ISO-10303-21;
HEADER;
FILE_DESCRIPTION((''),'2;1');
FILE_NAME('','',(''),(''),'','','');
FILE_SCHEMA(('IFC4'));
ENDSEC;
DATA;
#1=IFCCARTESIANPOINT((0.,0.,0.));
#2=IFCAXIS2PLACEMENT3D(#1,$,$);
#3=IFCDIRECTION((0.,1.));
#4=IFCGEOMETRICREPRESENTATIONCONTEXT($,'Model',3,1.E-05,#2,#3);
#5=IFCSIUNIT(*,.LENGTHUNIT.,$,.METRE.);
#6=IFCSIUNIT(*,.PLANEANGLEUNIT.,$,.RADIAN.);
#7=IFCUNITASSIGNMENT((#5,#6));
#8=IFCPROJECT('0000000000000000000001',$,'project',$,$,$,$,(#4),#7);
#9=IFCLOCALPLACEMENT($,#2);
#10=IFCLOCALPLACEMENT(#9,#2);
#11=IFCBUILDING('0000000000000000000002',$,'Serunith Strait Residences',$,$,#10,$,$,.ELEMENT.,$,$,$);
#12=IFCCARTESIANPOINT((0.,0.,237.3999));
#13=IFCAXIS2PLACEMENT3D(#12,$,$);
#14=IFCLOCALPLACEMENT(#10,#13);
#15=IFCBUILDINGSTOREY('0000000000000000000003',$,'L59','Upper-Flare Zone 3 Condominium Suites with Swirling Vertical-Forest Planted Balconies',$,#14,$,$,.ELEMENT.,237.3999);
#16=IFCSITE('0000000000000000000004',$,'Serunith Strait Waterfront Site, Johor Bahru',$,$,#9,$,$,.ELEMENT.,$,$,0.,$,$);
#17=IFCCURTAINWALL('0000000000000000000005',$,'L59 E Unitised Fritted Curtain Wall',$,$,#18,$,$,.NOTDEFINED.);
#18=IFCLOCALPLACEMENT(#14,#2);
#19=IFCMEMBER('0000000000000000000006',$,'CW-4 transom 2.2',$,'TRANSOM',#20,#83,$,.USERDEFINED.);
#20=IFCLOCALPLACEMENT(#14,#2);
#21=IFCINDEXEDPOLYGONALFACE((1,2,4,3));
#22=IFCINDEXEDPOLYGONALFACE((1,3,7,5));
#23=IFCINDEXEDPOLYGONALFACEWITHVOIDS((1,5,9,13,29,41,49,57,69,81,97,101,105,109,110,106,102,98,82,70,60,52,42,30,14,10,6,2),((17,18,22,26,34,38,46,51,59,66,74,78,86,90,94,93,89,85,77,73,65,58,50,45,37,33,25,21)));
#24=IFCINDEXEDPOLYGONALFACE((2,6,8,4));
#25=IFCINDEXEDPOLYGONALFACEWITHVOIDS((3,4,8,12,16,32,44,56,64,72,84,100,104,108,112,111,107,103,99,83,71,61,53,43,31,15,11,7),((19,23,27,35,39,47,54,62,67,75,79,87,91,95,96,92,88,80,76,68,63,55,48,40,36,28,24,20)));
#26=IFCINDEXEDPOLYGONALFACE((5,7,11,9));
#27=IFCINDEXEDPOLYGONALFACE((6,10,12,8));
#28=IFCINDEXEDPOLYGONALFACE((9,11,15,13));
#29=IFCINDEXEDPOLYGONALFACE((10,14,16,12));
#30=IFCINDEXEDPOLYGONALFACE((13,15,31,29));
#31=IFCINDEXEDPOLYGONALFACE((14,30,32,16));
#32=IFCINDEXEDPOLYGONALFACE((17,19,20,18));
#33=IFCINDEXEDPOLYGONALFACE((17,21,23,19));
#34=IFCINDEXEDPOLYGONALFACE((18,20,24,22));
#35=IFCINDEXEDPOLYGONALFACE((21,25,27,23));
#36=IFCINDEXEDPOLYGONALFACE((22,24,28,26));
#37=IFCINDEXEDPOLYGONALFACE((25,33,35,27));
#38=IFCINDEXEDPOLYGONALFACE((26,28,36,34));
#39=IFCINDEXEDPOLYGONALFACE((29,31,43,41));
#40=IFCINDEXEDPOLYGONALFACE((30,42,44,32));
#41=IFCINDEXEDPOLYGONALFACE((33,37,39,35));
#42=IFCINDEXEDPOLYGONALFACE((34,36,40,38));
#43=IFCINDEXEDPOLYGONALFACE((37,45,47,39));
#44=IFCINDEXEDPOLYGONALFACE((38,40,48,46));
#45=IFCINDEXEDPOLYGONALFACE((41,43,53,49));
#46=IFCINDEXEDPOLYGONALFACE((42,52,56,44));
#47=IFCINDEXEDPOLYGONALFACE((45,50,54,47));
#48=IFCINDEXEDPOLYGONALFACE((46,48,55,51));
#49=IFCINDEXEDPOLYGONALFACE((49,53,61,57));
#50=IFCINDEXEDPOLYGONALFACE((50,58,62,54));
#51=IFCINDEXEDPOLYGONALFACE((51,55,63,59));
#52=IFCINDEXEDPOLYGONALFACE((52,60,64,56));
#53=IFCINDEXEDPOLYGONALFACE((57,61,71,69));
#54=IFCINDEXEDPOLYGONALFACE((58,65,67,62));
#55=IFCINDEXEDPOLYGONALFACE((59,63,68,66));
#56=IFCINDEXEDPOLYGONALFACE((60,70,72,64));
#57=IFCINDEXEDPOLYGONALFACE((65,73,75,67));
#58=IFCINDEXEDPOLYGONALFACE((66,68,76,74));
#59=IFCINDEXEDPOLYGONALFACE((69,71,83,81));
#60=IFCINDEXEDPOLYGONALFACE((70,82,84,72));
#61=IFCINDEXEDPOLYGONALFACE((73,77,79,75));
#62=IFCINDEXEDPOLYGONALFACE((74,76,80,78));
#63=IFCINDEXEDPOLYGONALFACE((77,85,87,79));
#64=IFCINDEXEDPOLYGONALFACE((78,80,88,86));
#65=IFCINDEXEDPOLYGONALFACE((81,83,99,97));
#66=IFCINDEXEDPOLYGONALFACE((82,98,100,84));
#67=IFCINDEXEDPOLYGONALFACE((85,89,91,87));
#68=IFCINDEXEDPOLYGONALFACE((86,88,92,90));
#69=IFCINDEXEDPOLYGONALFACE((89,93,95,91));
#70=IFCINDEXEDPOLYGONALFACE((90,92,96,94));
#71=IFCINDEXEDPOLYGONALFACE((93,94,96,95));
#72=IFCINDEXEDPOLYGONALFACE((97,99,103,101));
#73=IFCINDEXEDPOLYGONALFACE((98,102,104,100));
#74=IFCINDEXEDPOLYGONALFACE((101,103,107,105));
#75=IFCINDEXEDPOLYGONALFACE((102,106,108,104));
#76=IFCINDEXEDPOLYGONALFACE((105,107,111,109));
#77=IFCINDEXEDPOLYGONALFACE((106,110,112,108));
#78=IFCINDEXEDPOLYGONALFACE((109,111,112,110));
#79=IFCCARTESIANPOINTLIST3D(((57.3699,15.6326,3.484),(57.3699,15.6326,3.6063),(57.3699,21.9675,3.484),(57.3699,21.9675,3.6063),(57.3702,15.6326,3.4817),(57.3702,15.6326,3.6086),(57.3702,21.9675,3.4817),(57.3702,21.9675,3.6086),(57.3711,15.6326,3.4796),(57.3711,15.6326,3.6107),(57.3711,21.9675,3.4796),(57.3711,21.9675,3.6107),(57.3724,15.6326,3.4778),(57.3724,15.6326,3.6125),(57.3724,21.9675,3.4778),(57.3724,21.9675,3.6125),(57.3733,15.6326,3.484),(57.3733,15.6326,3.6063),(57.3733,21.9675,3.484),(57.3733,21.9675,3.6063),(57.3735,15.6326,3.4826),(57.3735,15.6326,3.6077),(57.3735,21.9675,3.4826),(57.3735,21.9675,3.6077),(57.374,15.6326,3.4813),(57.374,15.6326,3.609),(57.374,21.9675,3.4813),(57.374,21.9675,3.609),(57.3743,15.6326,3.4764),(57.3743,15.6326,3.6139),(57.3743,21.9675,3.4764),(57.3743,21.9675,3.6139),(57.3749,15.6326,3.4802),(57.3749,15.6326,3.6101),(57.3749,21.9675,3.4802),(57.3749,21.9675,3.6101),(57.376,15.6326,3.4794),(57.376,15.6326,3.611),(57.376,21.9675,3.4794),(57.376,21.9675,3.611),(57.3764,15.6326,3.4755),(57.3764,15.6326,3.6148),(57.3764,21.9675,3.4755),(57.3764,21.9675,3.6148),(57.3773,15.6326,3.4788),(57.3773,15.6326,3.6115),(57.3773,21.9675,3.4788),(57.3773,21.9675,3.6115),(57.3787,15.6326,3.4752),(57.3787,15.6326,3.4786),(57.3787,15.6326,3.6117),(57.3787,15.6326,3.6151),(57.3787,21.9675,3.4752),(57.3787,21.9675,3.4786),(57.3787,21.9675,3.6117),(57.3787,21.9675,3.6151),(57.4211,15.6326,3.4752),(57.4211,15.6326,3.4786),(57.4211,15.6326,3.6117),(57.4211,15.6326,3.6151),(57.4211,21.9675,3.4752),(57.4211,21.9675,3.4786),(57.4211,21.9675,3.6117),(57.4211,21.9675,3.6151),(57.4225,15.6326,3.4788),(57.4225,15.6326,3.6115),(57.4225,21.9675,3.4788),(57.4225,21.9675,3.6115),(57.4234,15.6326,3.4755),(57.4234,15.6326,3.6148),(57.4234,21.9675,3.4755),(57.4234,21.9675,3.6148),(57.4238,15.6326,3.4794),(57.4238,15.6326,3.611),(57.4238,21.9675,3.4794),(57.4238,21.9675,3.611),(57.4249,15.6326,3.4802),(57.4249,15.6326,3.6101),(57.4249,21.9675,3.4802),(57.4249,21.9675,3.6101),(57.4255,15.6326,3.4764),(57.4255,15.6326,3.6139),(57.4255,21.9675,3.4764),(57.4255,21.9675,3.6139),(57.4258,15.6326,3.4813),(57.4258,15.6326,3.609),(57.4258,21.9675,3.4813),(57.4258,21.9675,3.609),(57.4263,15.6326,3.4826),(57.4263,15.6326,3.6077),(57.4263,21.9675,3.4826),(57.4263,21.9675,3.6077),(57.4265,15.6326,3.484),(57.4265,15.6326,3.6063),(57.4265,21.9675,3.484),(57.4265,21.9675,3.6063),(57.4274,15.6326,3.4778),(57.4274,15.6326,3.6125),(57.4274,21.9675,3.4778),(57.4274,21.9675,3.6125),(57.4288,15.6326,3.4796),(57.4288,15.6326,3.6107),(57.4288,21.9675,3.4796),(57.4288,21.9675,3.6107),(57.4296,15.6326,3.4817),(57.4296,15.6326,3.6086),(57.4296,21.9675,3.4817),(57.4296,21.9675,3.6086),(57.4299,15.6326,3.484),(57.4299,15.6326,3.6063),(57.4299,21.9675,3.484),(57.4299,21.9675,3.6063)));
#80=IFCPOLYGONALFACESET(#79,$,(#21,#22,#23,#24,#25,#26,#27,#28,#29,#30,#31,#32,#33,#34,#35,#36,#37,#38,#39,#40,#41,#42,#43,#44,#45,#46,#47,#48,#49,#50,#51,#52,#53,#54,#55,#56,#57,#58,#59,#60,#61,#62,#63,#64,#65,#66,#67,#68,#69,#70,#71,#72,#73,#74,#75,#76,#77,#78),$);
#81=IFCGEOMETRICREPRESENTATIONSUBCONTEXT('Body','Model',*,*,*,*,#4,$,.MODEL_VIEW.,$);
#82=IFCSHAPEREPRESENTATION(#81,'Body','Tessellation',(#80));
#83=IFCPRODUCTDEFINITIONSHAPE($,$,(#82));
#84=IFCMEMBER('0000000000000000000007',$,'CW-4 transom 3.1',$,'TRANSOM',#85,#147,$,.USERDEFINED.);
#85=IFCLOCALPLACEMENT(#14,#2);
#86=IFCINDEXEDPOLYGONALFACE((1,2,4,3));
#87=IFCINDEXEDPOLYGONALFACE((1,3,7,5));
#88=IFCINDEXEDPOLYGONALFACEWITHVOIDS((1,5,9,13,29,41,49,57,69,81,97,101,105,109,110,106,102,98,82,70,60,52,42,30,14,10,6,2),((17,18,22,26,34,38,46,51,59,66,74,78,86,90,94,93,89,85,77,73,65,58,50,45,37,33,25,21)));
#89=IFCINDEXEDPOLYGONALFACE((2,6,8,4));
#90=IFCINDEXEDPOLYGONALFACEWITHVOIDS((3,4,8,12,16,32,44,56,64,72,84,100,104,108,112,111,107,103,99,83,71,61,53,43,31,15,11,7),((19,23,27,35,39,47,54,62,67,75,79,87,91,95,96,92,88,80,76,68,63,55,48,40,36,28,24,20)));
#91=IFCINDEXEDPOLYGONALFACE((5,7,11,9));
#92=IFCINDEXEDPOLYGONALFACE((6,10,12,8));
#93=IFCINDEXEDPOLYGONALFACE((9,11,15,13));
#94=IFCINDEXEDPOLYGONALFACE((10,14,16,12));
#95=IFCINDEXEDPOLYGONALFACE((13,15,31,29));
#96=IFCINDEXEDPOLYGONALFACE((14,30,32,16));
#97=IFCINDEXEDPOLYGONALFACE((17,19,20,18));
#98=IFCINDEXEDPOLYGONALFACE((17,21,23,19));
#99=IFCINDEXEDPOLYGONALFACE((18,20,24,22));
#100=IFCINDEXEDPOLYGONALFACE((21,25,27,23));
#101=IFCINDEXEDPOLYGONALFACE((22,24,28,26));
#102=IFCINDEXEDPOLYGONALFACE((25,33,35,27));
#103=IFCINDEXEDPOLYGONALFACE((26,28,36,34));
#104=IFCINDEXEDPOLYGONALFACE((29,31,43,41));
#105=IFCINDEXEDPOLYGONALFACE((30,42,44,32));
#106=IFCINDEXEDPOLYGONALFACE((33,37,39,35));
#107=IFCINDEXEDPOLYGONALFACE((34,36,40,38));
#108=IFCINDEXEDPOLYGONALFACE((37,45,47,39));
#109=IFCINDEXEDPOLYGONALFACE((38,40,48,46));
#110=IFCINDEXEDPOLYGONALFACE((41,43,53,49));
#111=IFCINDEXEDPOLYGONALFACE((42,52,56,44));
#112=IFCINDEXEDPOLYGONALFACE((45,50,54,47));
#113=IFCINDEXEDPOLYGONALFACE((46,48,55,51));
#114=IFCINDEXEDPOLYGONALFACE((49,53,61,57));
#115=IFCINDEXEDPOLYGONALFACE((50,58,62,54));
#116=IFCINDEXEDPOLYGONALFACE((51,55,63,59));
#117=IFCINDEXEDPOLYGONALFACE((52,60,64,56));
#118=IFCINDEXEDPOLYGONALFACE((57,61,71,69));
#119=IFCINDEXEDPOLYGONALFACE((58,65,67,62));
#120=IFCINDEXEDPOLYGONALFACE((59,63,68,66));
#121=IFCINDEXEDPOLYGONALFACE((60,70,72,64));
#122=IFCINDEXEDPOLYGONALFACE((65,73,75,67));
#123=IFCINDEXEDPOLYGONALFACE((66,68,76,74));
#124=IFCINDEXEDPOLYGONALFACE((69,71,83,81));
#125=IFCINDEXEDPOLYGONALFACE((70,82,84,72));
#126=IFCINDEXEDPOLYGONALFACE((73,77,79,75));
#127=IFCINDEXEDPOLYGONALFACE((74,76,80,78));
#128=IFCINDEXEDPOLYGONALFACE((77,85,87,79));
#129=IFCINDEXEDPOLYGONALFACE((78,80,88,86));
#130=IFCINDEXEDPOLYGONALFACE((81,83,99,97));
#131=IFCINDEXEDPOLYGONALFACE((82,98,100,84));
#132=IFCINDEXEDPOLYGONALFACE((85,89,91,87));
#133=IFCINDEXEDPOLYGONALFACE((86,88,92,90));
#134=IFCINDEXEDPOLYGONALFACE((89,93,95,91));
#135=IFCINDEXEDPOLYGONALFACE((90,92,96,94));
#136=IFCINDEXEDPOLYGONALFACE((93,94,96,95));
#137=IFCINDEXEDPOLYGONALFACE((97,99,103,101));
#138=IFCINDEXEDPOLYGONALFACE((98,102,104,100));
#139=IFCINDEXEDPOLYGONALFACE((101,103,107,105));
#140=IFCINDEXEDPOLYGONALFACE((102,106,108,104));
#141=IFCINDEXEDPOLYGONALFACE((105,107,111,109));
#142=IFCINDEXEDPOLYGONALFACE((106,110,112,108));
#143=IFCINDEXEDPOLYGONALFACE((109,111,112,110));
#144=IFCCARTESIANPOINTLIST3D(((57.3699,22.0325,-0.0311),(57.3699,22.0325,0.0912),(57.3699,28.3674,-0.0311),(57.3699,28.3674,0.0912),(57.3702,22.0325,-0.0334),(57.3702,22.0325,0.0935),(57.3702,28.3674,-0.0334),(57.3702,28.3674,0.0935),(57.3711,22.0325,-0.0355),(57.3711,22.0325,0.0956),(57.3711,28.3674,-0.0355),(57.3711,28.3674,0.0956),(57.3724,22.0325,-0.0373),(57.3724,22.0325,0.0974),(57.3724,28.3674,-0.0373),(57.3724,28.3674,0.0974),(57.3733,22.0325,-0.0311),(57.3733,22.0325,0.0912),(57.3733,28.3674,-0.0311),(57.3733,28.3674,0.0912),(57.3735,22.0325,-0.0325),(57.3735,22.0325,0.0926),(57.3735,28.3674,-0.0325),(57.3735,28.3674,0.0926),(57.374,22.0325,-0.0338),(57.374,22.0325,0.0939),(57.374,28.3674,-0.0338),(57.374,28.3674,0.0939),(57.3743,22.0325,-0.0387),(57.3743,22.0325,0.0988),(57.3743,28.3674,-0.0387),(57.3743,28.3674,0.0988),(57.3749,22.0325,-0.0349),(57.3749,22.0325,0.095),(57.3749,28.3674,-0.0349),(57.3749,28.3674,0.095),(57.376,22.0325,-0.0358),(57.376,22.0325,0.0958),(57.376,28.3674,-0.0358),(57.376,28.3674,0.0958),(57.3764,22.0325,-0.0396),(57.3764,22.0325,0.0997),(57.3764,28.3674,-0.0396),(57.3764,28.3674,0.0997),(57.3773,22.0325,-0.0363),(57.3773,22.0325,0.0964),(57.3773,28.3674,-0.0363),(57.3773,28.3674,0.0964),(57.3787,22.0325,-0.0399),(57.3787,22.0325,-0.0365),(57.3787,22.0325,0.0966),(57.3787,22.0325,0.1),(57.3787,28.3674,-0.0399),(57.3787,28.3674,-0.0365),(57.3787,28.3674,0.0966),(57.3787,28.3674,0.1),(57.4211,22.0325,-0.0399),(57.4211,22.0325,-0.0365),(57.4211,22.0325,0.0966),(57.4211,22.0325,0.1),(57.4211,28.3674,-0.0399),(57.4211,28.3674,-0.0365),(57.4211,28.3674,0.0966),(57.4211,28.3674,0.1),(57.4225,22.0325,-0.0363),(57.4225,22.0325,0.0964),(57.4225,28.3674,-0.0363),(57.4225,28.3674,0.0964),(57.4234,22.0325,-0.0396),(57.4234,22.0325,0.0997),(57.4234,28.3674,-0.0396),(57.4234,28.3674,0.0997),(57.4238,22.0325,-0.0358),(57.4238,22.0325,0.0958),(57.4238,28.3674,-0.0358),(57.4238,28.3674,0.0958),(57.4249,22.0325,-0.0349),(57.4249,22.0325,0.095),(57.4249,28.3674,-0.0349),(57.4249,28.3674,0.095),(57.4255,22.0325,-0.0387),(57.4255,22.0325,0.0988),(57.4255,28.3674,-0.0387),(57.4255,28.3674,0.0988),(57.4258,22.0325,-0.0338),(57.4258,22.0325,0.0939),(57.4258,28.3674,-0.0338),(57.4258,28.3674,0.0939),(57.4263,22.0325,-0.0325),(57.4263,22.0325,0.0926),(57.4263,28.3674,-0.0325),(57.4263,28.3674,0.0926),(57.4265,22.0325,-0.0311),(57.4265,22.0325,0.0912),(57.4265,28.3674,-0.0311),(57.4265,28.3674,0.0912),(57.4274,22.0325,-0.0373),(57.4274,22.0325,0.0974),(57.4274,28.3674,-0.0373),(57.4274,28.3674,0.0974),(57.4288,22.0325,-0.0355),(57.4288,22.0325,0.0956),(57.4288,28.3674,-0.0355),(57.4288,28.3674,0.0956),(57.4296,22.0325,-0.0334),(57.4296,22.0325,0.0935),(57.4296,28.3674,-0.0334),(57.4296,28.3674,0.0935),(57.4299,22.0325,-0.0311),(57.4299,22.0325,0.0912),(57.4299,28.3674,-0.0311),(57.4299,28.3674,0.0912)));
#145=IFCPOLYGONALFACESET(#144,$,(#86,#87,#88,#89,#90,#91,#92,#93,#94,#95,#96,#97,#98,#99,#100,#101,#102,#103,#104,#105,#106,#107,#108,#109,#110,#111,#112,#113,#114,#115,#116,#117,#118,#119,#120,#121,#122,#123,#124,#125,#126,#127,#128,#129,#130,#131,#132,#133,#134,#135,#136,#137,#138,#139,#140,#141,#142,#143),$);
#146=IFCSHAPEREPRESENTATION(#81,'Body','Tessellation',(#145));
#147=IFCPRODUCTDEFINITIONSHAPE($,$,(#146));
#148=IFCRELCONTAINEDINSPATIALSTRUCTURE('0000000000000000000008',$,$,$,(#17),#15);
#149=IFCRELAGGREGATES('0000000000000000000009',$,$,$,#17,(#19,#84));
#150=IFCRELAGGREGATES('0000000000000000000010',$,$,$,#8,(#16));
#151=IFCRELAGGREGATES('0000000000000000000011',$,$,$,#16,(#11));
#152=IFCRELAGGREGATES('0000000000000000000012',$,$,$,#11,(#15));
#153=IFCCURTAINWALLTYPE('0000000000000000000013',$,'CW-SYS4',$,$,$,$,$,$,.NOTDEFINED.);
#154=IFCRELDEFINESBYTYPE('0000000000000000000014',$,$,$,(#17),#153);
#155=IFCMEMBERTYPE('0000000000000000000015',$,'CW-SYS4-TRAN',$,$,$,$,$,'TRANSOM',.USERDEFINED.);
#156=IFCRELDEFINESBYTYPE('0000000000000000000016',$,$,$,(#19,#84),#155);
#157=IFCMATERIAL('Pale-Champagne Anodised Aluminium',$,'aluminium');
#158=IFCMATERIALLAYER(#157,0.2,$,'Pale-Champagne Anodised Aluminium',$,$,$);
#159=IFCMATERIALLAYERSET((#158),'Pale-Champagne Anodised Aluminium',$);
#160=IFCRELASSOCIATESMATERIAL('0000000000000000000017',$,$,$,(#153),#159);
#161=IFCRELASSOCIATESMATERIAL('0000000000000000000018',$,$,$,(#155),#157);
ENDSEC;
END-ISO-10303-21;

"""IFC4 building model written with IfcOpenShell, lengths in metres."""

from ifc_helpers import new_model, si_unit, direction, frame, origin, origin_2d, place, context, subcontext, project, spatial, hollow_rectangle, extrude, source, transform, mapped, material, layer, layer_set, material_profile, profile_set, type_object, element, aggregate, save


model = new_model("IFC4")

# Units and contexts
model_context = context("Model", 3, precision=1e-05, world=origin(), true_north=direction((0.0, 1.0)))
body_context = subcontext(model_context, "Body", "Model", "MODEL_VIEW")
ifc_project = project(units=[si_unit("LENGTHUNIT", "METRE"), si_unit("PLANEANGLEUNIT", "RADIAN")], contexts=[model_context])

# Site, building, storey
site_placement = place(None, origin())
site = spatial("IfcSite", under=ifc_project, at=site_placement, Name="Serunith Strait Waterfront Site, Johor Bahru", CompositionType="ELEMENT", RefElevation=0.0)
building_placement = place(site_placement, origin())
building = spatial("IfcBuilding", under=site, at=building_placement, Name="Serunith Strait Residences", CompositionType="ELEMENT")
storey_placement = place(building_placement, frame((0.0, 0.0, 237.3999)))
storey = spatial("IfcBuildingStorey", under=building, at=storey_placement, Name="L59", Description="Upper-Flare Zone 3 Condominium Suites with Swirling Vertical-Forest Planted Balconies", CompositionType="ELEMENT", Elevation=237.3999)

# Curtain wall, members
ifc_material_1 = material(Name="Pale-Champagne Anodised Aluminium", Category="aluminium")
ifc_layer_1 = layer(ifc_material_1, 0.2, Name="Pale-Champagne Anodised Aluminium")
ifc_layer_set_1 = layer_set([ifc_layer_1], Name="Pale-Champagne Anodised Aluminium")
curtain_wall_type = type_object("IfcCurtainWallType", Name="CW-SYS4", PredefinedType="NOTDEFINED", material=ifc_layer_set_1)
curtain_wall_placement = place(storey_placement, origin())
curtain_wall = element("IfcCurtainWall", 1, at=curtain_wall_placement, inside=storey, type_object=curtain_wall_type, Name="L59 E Unitised Fritted Curtain Wall", PredefinedType="NOTDEFINED")
ifc_material_profile_1 = material_profile(ifc_material_1, hollow_rectangle(XDim=0.0601, YDim=0.1399, WallThickness=0.0034, InnerFilletRadius=0.0054, OuterFilletRadius=0.0088, at=origin_2d()), Name="ALU 140x60x3.5")
ifc_profile_set_1 = profile_set([ifc_material_profile_1], Name="Pale-Champagne Anodised Aluminium")
member_type_1 = type_object("IfcMemberType", Name="CW-SYS4-TRAN", ElementType="TRANSOM", PredefinedType="USERDEFINED", material=ifc_profile_set_1)
shared_shape_1 = source(origin(), body_context, "Body", "SweptSolid", [
    extrude(hollow_rectangle(XDim=0.0601, YDim=0.1399, WallThickness=0.0034, InnerFilletRadius=0.0054, OuterFilletRadius=0.0088, at=origin_2d()), origin(), (0.0, 0.0, 1.0), 6.335),
])
member_1_placement = place(storey_placement, frame((57.3999, 15.6326, 3.5452), z_axis=(0.0, 1.0, 0.0), x_axis=(-1.0, 0.0, 0.0)))
member_1 = element("IfcMember", 2, at=member_1_placement, type_object=member_type_1, Name="CW-4 transom 2.2", ObjectType="TRANSOM", PredefinedType="USERDEFINED", context=body_context, shape_type="MappedRepresentation", body=[
    mapped(shared_shape_1, transform((0.0, 0.0, 0.0), scale=1.0)),
])
member_2_placement = place(storey_placement, frame((57.3999, 22.0325, 0.03), z_axis=(0.0, 1.0, 0.0), x_axis=(-1.0, 0.0, 0.0)))
member_2 = element("IfcMember", 3, at=member_2_placement, type_object=member_type_1, Name="CW-4 transom 3.1", ObjectType="TRANSOM", PredefinedType="USERDEFINED", context=body_context, shape_type="MappedRepresentation", body=[
    mapped(shared_shape_1, transform((0.0, 0.0, 0.0), scale=1.0)),
])
aggregate(curtain_wall, [member_1, member_2])

save(model, "model.ifc")
